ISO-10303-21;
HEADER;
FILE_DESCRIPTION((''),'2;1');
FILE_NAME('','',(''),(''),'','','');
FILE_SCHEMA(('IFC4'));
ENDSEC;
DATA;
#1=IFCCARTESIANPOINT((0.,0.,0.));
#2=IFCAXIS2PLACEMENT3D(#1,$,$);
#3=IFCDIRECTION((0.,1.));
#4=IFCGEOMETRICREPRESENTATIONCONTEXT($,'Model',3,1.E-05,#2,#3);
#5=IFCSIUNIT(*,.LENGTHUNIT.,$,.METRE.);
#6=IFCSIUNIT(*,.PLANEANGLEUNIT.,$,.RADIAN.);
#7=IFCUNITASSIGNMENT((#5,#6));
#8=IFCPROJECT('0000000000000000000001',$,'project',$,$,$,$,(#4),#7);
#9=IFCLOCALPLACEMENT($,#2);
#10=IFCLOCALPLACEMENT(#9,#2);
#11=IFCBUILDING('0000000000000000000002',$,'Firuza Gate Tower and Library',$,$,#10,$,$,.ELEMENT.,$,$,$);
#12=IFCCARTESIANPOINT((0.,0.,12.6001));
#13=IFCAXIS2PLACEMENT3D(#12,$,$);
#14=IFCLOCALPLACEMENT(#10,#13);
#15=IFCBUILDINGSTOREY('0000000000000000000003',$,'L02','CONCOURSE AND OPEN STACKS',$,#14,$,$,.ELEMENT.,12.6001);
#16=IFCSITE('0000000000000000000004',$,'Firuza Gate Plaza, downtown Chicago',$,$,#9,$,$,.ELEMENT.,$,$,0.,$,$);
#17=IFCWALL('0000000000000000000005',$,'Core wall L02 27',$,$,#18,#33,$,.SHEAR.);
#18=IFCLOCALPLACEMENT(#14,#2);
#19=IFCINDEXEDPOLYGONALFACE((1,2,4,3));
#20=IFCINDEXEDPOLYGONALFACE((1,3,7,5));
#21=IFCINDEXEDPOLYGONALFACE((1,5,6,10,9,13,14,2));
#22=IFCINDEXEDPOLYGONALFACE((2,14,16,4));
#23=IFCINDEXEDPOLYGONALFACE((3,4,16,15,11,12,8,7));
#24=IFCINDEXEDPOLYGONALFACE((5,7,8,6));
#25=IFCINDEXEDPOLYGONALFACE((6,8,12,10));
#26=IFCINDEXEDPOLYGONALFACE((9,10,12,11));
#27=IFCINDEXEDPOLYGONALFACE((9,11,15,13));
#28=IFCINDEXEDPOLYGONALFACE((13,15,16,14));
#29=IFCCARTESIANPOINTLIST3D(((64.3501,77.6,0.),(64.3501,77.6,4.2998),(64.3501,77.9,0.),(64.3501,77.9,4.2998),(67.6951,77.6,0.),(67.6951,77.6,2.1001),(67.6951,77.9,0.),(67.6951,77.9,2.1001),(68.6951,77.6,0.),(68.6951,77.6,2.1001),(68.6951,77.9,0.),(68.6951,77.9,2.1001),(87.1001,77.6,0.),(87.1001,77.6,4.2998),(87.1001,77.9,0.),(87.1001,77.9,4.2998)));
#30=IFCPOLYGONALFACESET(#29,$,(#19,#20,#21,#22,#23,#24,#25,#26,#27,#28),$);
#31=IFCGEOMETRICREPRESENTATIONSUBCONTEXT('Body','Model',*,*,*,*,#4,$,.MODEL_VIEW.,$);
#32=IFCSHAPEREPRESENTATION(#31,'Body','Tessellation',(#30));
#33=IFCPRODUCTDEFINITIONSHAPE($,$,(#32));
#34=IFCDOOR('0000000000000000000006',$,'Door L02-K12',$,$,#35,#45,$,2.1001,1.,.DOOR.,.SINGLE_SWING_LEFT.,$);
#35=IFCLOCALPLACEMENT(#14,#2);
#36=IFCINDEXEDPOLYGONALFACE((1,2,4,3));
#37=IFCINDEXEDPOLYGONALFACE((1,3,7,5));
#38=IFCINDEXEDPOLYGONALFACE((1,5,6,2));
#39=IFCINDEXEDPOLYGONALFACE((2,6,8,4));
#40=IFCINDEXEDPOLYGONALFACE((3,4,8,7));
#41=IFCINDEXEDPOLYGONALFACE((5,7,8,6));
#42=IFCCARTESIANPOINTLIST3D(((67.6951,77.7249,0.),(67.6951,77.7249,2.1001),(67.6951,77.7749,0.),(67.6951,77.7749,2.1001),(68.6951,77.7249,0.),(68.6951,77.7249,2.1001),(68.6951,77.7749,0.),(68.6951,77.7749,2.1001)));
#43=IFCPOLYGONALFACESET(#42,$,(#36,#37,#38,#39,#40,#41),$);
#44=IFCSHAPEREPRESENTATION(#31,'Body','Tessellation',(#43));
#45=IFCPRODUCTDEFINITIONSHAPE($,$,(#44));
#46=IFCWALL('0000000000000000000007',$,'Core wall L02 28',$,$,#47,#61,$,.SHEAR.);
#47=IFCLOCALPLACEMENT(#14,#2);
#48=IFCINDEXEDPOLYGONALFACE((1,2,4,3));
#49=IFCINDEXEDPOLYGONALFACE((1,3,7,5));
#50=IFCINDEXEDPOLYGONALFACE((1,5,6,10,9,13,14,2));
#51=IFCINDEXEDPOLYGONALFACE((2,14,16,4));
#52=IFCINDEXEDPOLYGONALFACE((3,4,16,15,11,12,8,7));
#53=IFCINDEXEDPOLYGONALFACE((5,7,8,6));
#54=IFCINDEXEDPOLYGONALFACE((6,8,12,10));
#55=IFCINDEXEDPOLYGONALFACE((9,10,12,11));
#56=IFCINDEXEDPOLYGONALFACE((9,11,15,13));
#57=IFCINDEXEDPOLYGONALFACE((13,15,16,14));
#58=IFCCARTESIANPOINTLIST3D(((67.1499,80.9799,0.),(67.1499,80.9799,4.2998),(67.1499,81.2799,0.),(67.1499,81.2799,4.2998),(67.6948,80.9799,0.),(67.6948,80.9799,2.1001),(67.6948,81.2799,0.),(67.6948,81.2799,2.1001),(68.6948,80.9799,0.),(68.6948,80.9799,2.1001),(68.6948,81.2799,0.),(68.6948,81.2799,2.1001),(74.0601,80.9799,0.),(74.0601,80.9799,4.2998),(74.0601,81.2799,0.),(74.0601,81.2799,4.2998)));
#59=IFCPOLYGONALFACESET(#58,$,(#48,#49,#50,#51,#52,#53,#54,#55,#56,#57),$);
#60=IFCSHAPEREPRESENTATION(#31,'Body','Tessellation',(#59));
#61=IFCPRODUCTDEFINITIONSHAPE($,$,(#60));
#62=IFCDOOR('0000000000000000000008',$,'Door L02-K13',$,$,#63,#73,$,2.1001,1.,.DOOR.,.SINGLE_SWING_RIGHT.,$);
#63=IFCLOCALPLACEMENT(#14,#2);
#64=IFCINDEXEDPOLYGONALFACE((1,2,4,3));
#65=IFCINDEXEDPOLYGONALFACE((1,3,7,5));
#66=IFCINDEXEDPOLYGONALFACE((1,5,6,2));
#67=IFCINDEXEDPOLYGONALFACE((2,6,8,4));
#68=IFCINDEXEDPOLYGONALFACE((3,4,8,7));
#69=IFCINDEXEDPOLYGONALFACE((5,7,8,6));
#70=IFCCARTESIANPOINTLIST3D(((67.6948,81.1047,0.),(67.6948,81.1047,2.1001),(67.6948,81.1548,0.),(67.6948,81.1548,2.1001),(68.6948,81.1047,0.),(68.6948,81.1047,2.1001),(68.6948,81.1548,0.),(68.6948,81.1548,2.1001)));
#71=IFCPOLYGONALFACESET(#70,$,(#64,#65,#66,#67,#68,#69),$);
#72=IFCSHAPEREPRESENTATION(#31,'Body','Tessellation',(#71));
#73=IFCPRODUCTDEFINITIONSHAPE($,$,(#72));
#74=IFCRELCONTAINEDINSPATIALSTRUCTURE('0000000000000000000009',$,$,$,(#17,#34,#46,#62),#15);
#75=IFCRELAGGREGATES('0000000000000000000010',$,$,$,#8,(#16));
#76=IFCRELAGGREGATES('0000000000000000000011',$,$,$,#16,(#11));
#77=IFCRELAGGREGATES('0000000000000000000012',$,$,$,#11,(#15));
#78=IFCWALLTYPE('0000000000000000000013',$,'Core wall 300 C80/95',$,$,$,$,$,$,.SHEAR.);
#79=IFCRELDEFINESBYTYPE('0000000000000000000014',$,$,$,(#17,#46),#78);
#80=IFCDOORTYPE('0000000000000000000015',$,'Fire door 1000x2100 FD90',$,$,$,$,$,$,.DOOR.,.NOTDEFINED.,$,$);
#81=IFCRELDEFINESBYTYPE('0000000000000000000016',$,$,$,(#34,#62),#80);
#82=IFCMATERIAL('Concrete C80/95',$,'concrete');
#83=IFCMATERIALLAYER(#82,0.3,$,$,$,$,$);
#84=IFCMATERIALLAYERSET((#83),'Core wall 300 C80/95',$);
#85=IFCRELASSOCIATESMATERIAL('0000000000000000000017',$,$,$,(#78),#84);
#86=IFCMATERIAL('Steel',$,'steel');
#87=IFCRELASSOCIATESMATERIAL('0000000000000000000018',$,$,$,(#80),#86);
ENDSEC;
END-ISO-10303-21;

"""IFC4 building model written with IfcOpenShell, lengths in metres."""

from ifc_helpers import new_model, si_unit, direction, frame, frame_2d, origin, place, context, subcontext, project, spatial, rectangle, extrude, material, layer, layer_set, type_object, element, fill, save


model = new_model("IFC4")

# Units and contexts
model_context = context("Model", 3, precision=1e-05, world=origin(), true_north=direction((0.0, 1.0)))
body_context = subcontext(model_context, "Body", "Model", "MODEL_VIEW")
ifc_project = project(units=[si_unit("LENGTHUNIT", "METRE"), si_unit("PLANEANGLEUNIT", "RADIAN")], contexts=[model_context])

# Site, building, storey
site_placement = place(None, origin())
site = spatial("IfcSite", under=ifc_project, at=site_placement, Name="Firuza Gate Plaza, downtown Chicago", CompositionType="ELEMENT", RefElevation=0.0)
building_placement = place(site_placement, origin())
building = spatial("IfcBuilding", under=site, at=building_placement, Name="Firuza Gate Tower and Library", CompositionType="ELEMENT")
storey_placement = place(building_placement, frame((0.0, 0.0, 12.6001)))
storey = spatial("IfcBuildingStorey", under=building, at=storey_placement, Name="L02", Description="CONCOURSE AND OPEN STACKS", CompositionType="ELEMENT", Elevation=12.6001)

# Shared definitions
ifc_material_1 = material(Name="Concrete C80/95", Category="concrete")
ifc_layer_1 = layer(ifc_material_1, 0.3)
ifc_layer_set_1 = layer_set([ifc_layer_1], Name="Core wall 300 C80/95")
wall_type_1 = type_object("IfcWallType", Name="Core wall 300 C80/95", PredefinedType="SHEAR", material=ifc_layer_set_1)

# Walls, openings, doors
wall_1_placement = place(storey_placement, frame((64.3501, 77.75, 0.0), z_axis=(0.0, 0.0, 1.0), x_axis=(1.0, 0.0, 0.0)))
wall_1 = element("IfcWall", 1, at=wall_1_placement, inside=storey, type_object=wall_type_1, Name="Core wall L02 27", PredefinedType="SHEAR", context=body_context, shape_type="SweptSolid", body=[
    extrude(rectangle(XDim=22.75, YDim=0.3, at=frame_2d((11.375, 0.0))), origin(), (0.0, 0.0, 1.0), 4.2998),
])
opening_1_placement = place(wall_1_placement, frame((3.345, 0.0, 0.0)))
opening_1 = element("IfcOpeningElement", 2, at=opening_1_placement, cuts=wall_1, PredefinedType="OPENING", context=body_context, shape_type="SweptSolid", body=[
    extrude(rectangle(XDim=1.0, YDim=2.1001, at=frame_2d((0.5, 1.05))), frame((0.0, 0.1602, 0.0), z_axis=(0.0, -1.0, 0.0), x_axis=(1.0, 0.0, 0.0)), (0.0, 0.0, 1.0), 0.3201),
])
ifc_material_2 = material(Name="Steel", Category="steel")
door_type_1 = type_object("IfcDoorType", Name="Fire door 1000x2100 FD90", OperationType="NOTDEFINED", PredefinedType="DOOR", material=ifc_material_2)
door_1_placement = place(opening_1_placement, origin())
door_1 = element("IfcDoor", 3, at=door_1_placement, inside=storey, type_object=door_type_1, Name="Door L02-K12", OperationType="SINGLE_SWING_LEFT", OverallHeight=2.1001, OverallWidth=1.0, PredefinedType="DOOR", context=body_context, shape_type="SweptSolid", body=[
    extrude(rectangle(XDim=1.0, YDim=2.1001, at=frame_2d((0.5, 1.05))), frame((0.0, 0.0249, 0.0), z_axis=(0.0, -1.0, 0.0), x_axis=(1.0, 0.0, 0.0)), (0.0, 0.0, 1.0), 0.05),
])
fill(opening_1, door_1)
wall_2_placement = place(storey_placement, frame((67.1499, 81.1299, 0.0), z_axis=(0.0, 0.0, 1.0), x_axis=(1.0, 0.0, 0.0)))
wall_2 = element("IfcWall", 4, at=wall_2_placement, inside=storey, type_object=wall_type_1, Name="Core wall L02 28", PredefinedType="SHEAR", context=body_context, shape_type="SweptSolid", body=[
    extrude(rectangle(XDim=6.9102, YDim=0.3, at=frame_2d((3.4551, 0.0))), origin(), (0.0, 0.0, 1.0), 4.2998),
])
opening_2_placement = place(wall_2_placement, frame((0.5449, 0.0, 0.0)))
opening_2 = element("IfcOpeningElement", 5, at=opening_2_placement, cuts=wall_2, PredefinedType="OPENING", context=body_context, shape_type="SweptSolid", body=[
    extrude(rectangle(XDim=1.0, YDim=2.1001, at=frame_2d((0.5, 1.05))), frame((0.0, 0.1602, 0.0), z_axis=(0.0, -1.0, 0.0), x_axis=(1.0, 0.0, 0.0)), (0.0, 0.0, 1.0), 0.3201),
])
door_2_placement = place(opening_2_placement, origin())
door_2 = element("IfcDoor", 6, at=door_2_placement, inside=storey, type_object=door_type_1, Name="Door L02-K13", OperationType="SINGLE_SWING_RIGHT", OverallHeight=2.1001, OverallWidth=1.0, PredefinedType="DOOR", context=body_context, shape_type="SweptSolid", body=[
    extrude(rectangle(XDim=1.0, YDim=2.1001, at=frame_2d((0.5, 1.05))), frame((0.0, 0.0249, 0.0), z_axis=(0.0, -1.0, 0.0), x_axis=(1.0, 0.0, 0.0)), (0.0, 0.0, 1.0), 0.05),
])
fill(opening_2, door_2)

save(model, "model.ifc")
